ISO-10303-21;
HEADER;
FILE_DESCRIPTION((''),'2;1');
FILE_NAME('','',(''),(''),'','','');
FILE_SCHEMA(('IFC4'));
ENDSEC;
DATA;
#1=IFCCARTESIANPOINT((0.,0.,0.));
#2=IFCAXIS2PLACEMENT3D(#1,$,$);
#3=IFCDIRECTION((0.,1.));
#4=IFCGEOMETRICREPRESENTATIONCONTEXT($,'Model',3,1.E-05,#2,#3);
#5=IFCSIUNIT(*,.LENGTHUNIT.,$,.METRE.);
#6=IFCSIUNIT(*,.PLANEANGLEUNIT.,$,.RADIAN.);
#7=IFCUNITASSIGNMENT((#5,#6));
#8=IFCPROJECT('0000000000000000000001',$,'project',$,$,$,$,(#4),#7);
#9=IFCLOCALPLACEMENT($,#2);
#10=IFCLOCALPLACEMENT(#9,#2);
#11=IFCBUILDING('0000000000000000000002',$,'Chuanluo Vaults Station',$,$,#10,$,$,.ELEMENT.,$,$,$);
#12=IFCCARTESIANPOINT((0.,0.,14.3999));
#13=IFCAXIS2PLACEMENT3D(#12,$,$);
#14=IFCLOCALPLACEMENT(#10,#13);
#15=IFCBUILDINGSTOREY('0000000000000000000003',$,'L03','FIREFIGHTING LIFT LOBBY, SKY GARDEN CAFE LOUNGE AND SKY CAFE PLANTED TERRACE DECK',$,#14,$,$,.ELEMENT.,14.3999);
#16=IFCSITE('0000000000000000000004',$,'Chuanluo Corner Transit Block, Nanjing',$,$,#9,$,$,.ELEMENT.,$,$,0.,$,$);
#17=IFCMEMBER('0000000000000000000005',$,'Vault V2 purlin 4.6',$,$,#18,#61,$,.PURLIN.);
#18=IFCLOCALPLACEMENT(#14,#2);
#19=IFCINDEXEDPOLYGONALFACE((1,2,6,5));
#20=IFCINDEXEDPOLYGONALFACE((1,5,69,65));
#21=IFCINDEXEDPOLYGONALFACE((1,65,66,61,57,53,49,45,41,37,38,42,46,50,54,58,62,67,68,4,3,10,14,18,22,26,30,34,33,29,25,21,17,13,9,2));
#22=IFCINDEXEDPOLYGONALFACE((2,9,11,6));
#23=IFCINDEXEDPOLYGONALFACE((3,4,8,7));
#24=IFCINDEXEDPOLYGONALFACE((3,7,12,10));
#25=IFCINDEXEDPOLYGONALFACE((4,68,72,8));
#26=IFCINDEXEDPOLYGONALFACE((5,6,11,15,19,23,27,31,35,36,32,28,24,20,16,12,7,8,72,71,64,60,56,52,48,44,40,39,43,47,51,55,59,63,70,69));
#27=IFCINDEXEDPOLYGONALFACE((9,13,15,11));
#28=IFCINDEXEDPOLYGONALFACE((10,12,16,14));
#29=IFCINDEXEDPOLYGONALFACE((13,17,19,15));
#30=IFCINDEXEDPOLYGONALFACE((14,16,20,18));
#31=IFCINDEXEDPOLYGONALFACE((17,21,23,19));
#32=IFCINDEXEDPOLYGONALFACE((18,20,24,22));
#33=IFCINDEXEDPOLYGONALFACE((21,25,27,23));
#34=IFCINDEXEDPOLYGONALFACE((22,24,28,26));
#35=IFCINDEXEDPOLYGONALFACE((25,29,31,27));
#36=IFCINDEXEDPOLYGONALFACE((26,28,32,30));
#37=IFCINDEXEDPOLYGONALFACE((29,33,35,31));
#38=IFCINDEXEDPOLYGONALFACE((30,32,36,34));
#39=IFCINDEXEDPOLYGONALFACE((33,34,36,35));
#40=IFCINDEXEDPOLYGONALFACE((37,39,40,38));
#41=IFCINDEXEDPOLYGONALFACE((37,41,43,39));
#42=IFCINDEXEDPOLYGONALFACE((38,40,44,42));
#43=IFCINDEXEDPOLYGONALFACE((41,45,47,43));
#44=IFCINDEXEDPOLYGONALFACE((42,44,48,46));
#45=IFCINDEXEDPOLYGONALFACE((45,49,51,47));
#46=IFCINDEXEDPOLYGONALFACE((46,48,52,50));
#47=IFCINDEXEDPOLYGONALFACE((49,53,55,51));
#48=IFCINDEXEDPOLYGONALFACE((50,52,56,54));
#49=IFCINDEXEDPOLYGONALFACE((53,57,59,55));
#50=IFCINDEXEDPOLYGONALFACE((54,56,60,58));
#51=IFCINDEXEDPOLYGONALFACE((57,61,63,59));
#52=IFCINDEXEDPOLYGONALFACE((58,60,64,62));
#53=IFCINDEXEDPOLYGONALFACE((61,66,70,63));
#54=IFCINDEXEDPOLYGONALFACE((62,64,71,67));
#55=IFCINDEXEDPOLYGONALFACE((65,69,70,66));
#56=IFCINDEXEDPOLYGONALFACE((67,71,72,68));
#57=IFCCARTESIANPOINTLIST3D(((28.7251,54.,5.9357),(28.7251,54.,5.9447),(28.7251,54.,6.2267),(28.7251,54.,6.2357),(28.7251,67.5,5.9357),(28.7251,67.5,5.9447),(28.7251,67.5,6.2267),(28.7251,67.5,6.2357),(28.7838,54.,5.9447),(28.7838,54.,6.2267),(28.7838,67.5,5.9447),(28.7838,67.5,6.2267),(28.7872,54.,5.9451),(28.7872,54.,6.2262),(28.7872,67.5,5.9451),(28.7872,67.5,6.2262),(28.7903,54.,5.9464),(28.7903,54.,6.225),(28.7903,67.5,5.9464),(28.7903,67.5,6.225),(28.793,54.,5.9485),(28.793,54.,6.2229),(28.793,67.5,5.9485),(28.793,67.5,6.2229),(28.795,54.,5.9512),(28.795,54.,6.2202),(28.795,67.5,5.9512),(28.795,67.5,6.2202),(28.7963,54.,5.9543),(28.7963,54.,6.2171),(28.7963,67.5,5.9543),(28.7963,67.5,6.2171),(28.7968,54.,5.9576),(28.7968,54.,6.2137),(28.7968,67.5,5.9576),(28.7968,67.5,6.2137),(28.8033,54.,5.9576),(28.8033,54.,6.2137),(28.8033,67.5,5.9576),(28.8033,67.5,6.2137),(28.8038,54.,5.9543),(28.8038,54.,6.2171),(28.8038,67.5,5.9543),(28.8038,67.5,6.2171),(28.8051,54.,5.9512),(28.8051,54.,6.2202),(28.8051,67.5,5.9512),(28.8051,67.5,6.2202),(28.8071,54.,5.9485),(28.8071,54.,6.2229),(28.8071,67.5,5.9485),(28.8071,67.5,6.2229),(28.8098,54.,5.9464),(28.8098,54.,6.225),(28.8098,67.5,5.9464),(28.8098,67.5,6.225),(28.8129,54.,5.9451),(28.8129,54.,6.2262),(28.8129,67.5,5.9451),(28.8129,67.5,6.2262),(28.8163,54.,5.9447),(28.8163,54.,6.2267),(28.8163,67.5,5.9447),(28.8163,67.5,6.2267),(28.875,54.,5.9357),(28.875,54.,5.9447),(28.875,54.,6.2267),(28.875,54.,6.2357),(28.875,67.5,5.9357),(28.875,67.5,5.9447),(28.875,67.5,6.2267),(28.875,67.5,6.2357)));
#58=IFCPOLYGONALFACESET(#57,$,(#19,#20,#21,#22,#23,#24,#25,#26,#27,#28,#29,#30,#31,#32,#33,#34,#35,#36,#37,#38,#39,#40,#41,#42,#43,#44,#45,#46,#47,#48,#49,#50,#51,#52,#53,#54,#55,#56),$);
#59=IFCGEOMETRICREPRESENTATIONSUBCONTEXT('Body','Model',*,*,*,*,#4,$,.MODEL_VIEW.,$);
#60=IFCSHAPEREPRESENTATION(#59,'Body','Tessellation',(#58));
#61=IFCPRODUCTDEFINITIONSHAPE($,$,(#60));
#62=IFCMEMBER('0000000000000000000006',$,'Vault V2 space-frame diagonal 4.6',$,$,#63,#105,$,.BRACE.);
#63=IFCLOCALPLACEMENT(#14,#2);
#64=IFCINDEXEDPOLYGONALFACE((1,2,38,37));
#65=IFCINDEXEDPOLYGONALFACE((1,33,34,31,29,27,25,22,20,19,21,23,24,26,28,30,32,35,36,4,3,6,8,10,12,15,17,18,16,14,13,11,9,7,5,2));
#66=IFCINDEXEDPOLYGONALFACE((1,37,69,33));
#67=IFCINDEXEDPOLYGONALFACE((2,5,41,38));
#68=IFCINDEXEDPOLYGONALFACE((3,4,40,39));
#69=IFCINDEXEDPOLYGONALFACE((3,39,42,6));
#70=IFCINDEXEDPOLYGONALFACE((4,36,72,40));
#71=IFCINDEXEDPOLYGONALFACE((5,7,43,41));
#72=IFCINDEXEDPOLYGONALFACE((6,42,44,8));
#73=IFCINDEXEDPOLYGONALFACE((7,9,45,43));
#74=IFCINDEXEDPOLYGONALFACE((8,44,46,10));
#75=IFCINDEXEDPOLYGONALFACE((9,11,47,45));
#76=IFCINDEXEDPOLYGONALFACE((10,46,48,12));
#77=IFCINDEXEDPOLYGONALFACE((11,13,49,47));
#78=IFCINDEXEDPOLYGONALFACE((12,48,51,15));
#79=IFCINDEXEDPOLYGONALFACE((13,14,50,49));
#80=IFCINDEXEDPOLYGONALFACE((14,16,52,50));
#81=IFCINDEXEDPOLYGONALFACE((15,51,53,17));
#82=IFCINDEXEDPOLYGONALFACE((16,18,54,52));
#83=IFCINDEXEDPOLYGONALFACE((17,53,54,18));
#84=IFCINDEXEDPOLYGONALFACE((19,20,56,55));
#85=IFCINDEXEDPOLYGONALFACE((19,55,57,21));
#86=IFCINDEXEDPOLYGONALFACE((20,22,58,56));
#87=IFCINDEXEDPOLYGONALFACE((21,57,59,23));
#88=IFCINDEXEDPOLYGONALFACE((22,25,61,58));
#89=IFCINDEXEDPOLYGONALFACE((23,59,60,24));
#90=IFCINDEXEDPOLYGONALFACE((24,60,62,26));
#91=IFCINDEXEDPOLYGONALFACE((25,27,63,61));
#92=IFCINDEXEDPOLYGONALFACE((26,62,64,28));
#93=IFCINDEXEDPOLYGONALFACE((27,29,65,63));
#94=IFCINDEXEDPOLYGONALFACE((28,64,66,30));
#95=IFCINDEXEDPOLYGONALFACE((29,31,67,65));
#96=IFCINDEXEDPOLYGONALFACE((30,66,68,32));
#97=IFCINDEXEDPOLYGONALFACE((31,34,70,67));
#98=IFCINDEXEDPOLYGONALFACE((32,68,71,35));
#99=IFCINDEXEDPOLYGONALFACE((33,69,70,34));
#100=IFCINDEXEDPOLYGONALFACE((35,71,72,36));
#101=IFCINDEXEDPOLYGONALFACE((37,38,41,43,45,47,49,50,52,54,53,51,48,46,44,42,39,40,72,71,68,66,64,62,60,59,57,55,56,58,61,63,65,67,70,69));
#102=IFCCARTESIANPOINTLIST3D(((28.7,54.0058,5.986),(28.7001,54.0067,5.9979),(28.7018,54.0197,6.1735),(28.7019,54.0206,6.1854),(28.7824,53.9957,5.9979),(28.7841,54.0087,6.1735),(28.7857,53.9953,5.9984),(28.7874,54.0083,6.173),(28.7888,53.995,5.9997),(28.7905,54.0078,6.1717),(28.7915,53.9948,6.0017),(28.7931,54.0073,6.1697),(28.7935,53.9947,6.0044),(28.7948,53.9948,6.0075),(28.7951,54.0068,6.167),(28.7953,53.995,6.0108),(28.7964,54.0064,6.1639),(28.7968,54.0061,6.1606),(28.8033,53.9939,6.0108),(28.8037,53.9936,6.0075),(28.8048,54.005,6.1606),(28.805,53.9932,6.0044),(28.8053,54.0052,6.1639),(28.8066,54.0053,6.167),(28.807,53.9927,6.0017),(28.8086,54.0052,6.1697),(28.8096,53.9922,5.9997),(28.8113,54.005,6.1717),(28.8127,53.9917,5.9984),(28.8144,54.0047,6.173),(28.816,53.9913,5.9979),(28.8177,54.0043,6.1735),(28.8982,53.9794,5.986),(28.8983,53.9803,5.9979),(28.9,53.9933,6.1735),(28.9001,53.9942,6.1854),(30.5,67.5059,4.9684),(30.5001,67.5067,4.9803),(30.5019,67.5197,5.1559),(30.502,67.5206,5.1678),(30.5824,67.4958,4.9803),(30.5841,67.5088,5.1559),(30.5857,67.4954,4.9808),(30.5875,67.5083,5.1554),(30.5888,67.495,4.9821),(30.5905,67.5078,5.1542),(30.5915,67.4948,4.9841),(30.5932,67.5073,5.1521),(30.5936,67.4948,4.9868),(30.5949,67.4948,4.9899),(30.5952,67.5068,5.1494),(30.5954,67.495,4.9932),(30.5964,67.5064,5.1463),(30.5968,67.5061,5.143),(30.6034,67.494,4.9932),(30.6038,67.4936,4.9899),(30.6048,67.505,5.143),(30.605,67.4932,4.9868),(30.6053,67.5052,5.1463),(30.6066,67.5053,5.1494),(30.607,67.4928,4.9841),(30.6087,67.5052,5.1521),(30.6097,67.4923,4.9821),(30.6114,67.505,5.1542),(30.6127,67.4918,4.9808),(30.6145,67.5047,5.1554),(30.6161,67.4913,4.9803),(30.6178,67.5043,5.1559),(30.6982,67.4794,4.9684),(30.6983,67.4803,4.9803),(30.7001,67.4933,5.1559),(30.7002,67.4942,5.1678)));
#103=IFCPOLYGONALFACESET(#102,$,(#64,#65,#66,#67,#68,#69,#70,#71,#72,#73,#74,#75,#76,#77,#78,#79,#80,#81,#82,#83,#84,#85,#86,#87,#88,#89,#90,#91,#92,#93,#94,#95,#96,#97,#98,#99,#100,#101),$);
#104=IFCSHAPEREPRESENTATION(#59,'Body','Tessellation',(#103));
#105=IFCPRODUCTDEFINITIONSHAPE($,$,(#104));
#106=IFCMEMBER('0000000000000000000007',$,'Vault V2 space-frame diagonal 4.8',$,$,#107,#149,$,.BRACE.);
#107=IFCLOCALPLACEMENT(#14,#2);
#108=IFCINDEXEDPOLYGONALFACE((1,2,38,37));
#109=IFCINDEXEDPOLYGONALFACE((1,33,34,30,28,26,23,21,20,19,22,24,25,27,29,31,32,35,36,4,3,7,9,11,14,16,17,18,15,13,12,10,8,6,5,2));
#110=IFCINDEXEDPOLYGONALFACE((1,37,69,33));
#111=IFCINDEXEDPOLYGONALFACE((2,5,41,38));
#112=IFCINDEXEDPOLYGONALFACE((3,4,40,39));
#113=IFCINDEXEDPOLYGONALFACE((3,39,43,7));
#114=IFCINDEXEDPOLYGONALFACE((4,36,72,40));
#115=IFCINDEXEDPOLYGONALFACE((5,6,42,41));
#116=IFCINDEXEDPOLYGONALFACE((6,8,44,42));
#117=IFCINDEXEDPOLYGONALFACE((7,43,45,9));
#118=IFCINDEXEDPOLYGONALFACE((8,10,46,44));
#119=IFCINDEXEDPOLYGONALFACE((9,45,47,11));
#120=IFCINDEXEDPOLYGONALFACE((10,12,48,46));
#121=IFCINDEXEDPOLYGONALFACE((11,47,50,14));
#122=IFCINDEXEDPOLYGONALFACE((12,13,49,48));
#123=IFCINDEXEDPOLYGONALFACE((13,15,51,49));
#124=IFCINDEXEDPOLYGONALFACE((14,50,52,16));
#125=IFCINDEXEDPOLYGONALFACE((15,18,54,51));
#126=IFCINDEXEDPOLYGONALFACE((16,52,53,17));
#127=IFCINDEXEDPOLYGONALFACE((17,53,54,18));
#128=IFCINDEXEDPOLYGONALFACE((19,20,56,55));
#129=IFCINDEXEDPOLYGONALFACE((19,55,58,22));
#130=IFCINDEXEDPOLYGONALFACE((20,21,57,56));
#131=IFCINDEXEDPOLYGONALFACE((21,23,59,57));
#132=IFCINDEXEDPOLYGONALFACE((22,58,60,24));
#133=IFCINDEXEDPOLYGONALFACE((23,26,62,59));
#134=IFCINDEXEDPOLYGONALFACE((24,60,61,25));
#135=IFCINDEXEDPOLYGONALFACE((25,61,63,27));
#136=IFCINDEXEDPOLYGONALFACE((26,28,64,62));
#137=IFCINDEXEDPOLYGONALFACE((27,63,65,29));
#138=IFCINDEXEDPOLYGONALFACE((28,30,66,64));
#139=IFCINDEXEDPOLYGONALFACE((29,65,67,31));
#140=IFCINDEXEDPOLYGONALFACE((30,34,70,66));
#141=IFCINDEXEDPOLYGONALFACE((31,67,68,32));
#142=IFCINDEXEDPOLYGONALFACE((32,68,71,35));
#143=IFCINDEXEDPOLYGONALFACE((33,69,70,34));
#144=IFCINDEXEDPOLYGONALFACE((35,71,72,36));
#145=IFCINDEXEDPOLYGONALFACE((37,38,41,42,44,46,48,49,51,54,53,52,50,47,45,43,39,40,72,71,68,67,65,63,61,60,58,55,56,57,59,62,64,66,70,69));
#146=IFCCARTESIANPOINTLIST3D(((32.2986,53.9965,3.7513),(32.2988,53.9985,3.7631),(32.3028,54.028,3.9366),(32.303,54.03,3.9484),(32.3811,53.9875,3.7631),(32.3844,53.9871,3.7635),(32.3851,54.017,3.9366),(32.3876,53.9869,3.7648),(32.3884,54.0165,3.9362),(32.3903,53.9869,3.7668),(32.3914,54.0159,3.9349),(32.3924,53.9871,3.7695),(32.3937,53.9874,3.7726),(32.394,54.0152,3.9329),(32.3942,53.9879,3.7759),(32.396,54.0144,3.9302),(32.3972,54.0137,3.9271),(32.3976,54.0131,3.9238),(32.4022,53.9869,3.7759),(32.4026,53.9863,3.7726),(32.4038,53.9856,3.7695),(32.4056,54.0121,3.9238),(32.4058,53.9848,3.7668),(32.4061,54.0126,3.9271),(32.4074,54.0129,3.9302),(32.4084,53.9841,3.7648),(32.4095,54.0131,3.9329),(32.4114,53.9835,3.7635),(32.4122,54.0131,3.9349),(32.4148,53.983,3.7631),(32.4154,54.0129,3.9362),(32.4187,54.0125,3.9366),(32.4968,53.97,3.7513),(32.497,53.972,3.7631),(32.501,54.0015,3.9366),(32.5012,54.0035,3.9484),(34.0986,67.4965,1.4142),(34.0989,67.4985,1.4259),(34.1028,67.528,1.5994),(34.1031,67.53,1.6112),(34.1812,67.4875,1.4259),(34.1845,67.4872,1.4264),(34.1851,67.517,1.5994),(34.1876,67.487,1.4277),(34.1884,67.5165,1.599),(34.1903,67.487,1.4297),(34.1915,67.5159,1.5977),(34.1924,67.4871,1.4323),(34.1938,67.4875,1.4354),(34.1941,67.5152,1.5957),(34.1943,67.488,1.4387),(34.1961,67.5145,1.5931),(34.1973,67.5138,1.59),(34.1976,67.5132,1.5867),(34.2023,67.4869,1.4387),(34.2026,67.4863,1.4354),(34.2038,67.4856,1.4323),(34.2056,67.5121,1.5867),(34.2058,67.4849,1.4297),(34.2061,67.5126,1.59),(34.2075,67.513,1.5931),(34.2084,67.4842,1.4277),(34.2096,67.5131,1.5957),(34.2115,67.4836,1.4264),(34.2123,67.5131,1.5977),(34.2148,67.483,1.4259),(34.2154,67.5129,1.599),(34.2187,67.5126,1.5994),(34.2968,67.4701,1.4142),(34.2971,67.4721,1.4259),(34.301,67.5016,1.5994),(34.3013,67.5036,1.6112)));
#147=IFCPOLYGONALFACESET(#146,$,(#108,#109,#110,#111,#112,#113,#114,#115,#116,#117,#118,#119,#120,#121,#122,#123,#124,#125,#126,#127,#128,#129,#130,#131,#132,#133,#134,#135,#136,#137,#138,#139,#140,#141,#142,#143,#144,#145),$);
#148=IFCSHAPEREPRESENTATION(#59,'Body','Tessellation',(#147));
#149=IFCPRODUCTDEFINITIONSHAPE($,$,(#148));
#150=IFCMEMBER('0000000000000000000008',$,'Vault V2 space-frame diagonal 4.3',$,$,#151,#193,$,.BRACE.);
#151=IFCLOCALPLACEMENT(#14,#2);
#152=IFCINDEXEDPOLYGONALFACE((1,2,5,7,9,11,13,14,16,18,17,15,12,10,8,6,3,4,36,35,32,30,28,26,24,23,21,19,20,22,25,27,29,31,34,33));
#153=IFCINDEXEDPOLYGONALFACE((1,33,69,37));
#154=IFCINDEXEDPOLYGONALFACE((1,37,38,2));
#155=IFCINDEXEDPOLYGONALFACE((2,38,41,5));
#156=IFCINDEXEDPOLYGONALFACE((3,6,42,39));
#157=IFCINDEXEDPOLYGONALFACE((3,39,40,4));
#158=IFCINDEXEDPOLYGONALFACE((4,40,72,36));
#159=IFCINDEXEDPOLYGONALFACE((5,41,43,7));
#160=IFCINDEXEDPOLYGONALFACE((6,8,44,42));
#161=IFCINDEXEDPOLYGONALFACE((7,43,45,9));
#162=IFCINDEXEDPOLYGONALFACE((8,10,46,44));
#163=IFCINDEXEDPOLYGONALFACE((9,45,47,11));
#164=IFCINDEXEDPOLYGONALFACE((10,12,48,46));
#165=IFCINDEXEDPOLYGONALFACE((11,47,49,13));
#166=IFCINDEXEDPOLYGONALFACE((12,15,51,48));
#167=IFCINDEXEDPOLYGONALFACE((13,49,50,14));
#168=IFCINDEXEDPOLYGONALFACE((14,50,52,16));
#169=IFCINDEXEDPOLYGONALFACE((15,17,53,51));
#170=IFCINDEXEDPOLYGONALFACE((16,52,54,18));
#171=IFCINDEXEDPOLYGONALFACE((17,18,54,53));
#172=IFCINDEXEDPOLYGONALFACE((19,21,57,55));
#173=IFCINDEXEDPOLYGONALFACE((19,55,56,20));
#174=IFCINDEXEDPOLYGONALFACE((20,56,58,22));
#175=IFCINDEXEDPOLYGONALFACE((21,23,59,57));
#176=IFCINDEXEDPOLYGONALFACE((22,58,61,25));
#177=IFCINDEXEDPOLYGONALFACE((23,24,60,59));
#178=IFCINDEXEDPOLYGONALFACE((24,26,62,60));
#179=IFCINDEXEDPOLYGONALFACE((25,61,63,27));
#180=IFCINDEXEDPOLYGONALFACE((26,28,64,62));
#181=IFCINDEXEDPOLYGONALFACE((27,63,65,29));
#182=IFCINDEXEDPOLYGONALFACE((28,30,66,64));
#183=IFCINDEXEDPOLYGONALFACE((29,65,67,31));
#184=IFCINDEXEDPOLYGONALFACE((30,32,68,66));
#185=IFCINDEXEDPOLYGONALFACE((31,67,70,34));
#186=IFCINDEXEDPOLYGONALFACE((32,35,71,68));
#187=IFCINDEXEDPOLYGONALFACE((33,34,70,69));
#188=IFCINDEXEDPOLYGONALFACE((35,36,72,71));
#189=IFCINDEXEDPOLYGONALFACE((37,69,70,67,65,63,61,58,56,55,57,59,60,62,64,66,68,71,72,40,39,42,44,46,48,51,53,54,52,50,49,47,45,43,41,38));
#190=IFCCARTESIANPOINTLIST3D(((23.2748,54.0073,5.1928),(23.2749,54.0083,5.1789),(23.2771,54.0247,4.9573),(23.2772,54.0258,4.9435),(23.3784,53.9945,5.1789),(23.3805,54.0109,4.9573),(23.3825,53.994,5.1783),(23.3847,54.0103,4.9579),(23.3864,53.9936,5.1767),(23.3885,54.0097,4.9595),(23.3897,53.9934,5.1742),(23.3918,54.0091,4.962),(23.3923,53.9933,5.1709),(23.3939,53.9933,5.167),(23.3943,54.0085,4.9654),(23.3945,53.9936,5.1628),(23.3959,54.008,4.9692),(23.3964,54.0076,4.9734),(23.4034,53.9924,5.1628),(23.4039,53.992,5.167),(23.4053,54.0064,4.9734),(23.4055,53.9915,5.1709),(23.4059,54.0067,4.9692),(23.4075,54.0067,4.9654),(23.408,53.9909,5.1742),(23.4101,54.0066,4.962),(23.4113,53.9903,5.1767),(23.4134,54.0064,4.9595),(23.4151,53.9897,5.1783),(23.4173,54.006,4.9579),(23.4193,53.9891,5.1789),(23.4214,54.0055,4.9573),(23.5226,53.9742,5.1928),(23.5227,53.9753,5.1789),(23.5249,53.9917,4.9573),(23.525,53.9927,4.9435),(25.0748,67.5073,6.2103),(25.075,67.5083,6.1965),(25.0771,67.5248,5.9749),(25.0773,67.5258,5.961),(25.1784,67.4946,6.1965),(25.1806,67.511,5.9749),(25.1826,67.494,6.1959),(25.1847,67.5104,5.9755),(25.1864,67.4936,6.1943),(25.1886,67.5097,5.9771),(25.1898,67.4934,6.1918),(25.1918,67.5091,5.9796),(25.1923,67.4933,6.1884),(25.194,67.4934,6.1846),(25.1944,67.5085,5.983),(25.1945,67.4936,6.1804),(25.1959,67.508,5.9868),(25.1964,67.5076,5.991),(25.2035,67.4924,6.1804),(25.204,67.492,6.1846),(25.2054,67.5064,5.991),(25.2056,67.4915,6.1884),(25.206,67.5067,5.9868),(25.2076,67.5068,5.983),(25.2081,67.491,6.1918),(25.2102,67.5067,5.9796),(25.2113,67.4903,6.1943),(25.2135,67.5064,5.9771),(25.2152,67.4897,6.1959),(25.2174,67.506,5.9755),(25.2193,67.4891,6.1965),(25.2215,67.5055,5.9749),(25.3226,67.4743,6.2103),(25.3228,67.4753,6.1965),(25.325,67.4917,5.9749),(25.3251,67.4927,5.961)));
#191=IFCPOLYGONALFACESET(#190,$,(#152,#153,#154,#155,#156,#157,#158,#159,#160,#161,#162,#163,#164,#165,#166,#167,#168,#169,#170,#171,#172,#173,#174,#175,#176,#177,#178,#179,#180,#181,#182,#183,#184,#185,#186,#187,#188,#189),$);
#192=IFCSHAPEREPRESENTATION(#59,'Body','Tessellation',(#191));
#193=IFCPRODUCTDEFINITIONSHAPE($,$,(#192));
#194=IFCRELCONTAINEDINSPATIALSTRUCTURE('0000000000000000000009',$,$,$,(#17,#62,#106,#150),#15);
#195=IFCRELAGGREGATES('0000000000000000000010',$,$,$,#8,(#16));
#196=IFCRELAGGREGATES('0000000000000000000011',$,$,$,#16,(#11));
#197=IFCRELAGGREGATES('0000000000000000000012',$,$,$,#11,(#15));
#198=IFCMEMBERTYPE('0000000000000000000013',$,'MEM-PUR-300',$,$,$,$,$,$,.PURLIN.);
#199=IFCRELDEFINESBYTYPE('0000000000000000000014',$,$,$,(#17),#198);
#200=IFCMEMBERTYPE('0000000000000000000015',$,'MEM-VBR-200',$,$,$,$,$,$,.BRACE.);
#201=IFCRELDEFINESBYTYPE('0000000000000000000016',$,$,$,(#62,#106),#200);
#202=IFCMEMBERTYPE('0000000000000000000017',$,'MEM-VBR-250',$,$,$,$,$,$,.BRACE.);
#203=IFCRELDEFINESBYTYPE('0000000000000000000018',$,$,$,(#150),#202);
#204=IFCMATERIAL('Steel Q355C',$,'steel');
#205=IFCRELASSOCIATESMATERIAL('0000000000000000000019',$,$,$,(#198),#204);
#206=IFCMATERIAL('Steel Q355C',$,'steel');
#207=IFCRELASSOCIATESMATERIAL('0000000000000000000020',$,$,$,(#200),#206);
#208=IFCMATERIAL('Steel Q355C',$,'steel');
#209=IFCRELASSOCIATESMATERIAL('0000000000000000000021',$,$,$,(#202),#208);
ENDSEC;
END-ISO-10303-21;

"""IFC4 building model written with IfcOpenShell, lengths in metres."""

from ifc_helpers import new_model, si_unit, direction, frame, origin, origin_2d, place, context, subcontext, project, spatial, i_section, extrude, material, material_profile, profile_set, type_object, element, save


model = new_model("IFC4")

# Units and contexts
model_context = context("Model", 3, precision=1e-05, world=origin(), true_north=direction((0.0, 1.0)))
body_context = subcontext(model_context, "Body", "Model", "MODEL_VIEW")
ifc_project = project(units=[si_unit("LENGTHUNIT", "METRE"), si_unit("PLANEANGLEUNIT", "RADIAN")], contexts=[model_context])

# Site, building, storey
site_placement = place(None, origin())
site = spatial("IfcSite", under=ifc_project, at=site_placement, Name="Chuanluo Corner Transit Block, Nanjing", CompositionType="ELEMENT", RefElevation=0.0)
building_placement = place(site_placement, origin())
building = spatial("IfcBuilding", under=site, at=building_placement, Name="Chuanluo Vaults Station", CompositionType="ELEMENT")
storey_placement = place(building_placement, frame((0.0, 0.0, 14.3999)))
storey = spatial("IfcBuildingStorey", under=building, at=storey_placement, Name="L03", Description="FIREFIGHTING LIFT LOBBY, SKY GARDEN CAFE LOUNGE AND SKY CAFE PLANTED TERRACE DECK", CompositionType="ELEMENT", Elevation=14.3999)

# Members
ifc_material_1 = material(Name="Steel Q355C", Category="steel")
ifc_material_profile_1 = material_profile(ifc_material_1, i_section(OverallWidth=0.1499, OverallDepth=0.3, WebThickness=0.0066, FlangeThickness=0.009, FilletRadius=0.0129, at=origin_2d()))
ifc_profile_set_1 = profile_set([ifc_material_profile_1], Name="Steel Q355C")
member_type_1 = type_object("IfcMemberType", Name="MEM-PUR-300", PredefinedType="PURLIN", material=ifc_profile_set_1)
for number, where, z_axis, x_axis, name in (
    (1, (28.8, 54.0, 6.0857), (0.0, 1.0, 0.0), (-1.0, 0.0, 0.0), "Vault V2 purlin 4.6"),
):
    element("IfcMember", number, at=place(storey_placement, frame(where, z_axis=z_axis, x_axis=x_axis)), inside=storey, type_object=member_type_1, Name=name, PredefinedType="PURLIN", context=body_context, shape_type="SweptSolid", body=[
        extrude(i_section(OverallWidth=0.1499, OverallDepth=0.3, WebThickness=0.0066, FlangeThickness=0.009, FilletRadius=0.0129, at=origin_2d()), origin(), (0.0, 0.0, 1.0), 13.5),
    ])
ifc_material_2 = material(Name="Steel Q355C", Category="steel")
ifc_material_profile_2 = material_profile(ifc_material_2, i_section(OverallWidth=0.2, OverallDepth=0.2, WebThickness=0.0081, FlangeThickness=0.012, FilletRadius=0.0129, at=origin_2d()))
ifc_profile_set_2 = profile_set([ifc_material_profile_2], Name="Steel Q355C")
member_type_2 = type_object("IfcMemberType", Name="MEM-VBR-200", PredefinedType="BRACE", material=ifc_profile_set_2)
member_1_placement = place(storey_placement, frame((28.8, 54.0, 6.0857), z_axis=(0.1318, 0.988472, -0.074507), x_axis=(-0.991227, 0.132167, 0.0)))
element("IfcMember", 2, at=member_1_placement, inside=storey, type_object=member_type_2, Name="Vault V2 space-frame diagonal 4.6", PredefinedType="BRACE", context=body_context, shape_type="SweptSolid", body=[
    extrude(i_section(OverallWidth=0.2, OverallDepth=0.2, WebThickness=0.0081, FlangeThickness=0.012, FilletRadius=0.0129, at=origin_2d()), origin(), (0.0, 0.0, 1.0), 13.6575),
])
member_2_placement = place(storey_placement, frame((32.3999, 54.0, 3.8499), z_axis=(0.130263, 0.976947, -0.169132), x_axis=(-0.991227, 0.132167, 0.0)))
element("IfcMember", 3, at=member_2_placement, inside=storey, type_object=member_type_2, Name="Vault V2 space-frame diagonal 4.8", PredefinedType="BRACE", context=body_context, shape_type="SweptSolid", body=[
    extrude(i_section(OverallWidth=0.2, OverallDepth=0.2, WebThickness=0.0081, FlangeThickness=0.012, FilletRadius=0.0129, at=origin_2d()), origin(), (0.0, 0.0, 1.0), 13.8186),
])
ifc_material_3 = material(Name="Steel Q355C", Category="steel")
ifc_material_profile_3 = material_profile(ifc_material_3, i_section(OverallWidth=0.25, OverallDepth=0.25, WebThickness=0.009, FlangeThickness=0.0139, FilletRadius=0.0161, at=origin_2d()))
ifc_profile_set_3 = profile_set([ifc_material_profile_3], Name="Steel Q355C")
member_type_3 = type_object("IfcMemberType", Name="MEM-VBR-250", PredefinedType="BRACE", material=ifc_profile_set_3)
member_3_placement = place(storey_placement, frame((23.3999, 54.0, 5.0681), z_axis=(0.1318, 0.988472, 0.074507), x_axis=(-0.991227, 0.132167, 0.0)))
element("IfcMember", 4, at=member_3_placement, inside=storey, type_object=member_type_3, Name="Vault V2 space-frame diagonal 4.3", PredefinedType="BRACE", context=body_context, shape_type="SweptSolid", body=[
    extrude(i_section(OverallWidth=0.25, OverallDepth=0.25, WebThickness=0.009, FlangeThickness=0.0139, FilletRadius=0.0161, at=origin_2d()), origin(), (0.0, 0.0, 1.0), 13.6575),
])

save(model, "model.ifc")
